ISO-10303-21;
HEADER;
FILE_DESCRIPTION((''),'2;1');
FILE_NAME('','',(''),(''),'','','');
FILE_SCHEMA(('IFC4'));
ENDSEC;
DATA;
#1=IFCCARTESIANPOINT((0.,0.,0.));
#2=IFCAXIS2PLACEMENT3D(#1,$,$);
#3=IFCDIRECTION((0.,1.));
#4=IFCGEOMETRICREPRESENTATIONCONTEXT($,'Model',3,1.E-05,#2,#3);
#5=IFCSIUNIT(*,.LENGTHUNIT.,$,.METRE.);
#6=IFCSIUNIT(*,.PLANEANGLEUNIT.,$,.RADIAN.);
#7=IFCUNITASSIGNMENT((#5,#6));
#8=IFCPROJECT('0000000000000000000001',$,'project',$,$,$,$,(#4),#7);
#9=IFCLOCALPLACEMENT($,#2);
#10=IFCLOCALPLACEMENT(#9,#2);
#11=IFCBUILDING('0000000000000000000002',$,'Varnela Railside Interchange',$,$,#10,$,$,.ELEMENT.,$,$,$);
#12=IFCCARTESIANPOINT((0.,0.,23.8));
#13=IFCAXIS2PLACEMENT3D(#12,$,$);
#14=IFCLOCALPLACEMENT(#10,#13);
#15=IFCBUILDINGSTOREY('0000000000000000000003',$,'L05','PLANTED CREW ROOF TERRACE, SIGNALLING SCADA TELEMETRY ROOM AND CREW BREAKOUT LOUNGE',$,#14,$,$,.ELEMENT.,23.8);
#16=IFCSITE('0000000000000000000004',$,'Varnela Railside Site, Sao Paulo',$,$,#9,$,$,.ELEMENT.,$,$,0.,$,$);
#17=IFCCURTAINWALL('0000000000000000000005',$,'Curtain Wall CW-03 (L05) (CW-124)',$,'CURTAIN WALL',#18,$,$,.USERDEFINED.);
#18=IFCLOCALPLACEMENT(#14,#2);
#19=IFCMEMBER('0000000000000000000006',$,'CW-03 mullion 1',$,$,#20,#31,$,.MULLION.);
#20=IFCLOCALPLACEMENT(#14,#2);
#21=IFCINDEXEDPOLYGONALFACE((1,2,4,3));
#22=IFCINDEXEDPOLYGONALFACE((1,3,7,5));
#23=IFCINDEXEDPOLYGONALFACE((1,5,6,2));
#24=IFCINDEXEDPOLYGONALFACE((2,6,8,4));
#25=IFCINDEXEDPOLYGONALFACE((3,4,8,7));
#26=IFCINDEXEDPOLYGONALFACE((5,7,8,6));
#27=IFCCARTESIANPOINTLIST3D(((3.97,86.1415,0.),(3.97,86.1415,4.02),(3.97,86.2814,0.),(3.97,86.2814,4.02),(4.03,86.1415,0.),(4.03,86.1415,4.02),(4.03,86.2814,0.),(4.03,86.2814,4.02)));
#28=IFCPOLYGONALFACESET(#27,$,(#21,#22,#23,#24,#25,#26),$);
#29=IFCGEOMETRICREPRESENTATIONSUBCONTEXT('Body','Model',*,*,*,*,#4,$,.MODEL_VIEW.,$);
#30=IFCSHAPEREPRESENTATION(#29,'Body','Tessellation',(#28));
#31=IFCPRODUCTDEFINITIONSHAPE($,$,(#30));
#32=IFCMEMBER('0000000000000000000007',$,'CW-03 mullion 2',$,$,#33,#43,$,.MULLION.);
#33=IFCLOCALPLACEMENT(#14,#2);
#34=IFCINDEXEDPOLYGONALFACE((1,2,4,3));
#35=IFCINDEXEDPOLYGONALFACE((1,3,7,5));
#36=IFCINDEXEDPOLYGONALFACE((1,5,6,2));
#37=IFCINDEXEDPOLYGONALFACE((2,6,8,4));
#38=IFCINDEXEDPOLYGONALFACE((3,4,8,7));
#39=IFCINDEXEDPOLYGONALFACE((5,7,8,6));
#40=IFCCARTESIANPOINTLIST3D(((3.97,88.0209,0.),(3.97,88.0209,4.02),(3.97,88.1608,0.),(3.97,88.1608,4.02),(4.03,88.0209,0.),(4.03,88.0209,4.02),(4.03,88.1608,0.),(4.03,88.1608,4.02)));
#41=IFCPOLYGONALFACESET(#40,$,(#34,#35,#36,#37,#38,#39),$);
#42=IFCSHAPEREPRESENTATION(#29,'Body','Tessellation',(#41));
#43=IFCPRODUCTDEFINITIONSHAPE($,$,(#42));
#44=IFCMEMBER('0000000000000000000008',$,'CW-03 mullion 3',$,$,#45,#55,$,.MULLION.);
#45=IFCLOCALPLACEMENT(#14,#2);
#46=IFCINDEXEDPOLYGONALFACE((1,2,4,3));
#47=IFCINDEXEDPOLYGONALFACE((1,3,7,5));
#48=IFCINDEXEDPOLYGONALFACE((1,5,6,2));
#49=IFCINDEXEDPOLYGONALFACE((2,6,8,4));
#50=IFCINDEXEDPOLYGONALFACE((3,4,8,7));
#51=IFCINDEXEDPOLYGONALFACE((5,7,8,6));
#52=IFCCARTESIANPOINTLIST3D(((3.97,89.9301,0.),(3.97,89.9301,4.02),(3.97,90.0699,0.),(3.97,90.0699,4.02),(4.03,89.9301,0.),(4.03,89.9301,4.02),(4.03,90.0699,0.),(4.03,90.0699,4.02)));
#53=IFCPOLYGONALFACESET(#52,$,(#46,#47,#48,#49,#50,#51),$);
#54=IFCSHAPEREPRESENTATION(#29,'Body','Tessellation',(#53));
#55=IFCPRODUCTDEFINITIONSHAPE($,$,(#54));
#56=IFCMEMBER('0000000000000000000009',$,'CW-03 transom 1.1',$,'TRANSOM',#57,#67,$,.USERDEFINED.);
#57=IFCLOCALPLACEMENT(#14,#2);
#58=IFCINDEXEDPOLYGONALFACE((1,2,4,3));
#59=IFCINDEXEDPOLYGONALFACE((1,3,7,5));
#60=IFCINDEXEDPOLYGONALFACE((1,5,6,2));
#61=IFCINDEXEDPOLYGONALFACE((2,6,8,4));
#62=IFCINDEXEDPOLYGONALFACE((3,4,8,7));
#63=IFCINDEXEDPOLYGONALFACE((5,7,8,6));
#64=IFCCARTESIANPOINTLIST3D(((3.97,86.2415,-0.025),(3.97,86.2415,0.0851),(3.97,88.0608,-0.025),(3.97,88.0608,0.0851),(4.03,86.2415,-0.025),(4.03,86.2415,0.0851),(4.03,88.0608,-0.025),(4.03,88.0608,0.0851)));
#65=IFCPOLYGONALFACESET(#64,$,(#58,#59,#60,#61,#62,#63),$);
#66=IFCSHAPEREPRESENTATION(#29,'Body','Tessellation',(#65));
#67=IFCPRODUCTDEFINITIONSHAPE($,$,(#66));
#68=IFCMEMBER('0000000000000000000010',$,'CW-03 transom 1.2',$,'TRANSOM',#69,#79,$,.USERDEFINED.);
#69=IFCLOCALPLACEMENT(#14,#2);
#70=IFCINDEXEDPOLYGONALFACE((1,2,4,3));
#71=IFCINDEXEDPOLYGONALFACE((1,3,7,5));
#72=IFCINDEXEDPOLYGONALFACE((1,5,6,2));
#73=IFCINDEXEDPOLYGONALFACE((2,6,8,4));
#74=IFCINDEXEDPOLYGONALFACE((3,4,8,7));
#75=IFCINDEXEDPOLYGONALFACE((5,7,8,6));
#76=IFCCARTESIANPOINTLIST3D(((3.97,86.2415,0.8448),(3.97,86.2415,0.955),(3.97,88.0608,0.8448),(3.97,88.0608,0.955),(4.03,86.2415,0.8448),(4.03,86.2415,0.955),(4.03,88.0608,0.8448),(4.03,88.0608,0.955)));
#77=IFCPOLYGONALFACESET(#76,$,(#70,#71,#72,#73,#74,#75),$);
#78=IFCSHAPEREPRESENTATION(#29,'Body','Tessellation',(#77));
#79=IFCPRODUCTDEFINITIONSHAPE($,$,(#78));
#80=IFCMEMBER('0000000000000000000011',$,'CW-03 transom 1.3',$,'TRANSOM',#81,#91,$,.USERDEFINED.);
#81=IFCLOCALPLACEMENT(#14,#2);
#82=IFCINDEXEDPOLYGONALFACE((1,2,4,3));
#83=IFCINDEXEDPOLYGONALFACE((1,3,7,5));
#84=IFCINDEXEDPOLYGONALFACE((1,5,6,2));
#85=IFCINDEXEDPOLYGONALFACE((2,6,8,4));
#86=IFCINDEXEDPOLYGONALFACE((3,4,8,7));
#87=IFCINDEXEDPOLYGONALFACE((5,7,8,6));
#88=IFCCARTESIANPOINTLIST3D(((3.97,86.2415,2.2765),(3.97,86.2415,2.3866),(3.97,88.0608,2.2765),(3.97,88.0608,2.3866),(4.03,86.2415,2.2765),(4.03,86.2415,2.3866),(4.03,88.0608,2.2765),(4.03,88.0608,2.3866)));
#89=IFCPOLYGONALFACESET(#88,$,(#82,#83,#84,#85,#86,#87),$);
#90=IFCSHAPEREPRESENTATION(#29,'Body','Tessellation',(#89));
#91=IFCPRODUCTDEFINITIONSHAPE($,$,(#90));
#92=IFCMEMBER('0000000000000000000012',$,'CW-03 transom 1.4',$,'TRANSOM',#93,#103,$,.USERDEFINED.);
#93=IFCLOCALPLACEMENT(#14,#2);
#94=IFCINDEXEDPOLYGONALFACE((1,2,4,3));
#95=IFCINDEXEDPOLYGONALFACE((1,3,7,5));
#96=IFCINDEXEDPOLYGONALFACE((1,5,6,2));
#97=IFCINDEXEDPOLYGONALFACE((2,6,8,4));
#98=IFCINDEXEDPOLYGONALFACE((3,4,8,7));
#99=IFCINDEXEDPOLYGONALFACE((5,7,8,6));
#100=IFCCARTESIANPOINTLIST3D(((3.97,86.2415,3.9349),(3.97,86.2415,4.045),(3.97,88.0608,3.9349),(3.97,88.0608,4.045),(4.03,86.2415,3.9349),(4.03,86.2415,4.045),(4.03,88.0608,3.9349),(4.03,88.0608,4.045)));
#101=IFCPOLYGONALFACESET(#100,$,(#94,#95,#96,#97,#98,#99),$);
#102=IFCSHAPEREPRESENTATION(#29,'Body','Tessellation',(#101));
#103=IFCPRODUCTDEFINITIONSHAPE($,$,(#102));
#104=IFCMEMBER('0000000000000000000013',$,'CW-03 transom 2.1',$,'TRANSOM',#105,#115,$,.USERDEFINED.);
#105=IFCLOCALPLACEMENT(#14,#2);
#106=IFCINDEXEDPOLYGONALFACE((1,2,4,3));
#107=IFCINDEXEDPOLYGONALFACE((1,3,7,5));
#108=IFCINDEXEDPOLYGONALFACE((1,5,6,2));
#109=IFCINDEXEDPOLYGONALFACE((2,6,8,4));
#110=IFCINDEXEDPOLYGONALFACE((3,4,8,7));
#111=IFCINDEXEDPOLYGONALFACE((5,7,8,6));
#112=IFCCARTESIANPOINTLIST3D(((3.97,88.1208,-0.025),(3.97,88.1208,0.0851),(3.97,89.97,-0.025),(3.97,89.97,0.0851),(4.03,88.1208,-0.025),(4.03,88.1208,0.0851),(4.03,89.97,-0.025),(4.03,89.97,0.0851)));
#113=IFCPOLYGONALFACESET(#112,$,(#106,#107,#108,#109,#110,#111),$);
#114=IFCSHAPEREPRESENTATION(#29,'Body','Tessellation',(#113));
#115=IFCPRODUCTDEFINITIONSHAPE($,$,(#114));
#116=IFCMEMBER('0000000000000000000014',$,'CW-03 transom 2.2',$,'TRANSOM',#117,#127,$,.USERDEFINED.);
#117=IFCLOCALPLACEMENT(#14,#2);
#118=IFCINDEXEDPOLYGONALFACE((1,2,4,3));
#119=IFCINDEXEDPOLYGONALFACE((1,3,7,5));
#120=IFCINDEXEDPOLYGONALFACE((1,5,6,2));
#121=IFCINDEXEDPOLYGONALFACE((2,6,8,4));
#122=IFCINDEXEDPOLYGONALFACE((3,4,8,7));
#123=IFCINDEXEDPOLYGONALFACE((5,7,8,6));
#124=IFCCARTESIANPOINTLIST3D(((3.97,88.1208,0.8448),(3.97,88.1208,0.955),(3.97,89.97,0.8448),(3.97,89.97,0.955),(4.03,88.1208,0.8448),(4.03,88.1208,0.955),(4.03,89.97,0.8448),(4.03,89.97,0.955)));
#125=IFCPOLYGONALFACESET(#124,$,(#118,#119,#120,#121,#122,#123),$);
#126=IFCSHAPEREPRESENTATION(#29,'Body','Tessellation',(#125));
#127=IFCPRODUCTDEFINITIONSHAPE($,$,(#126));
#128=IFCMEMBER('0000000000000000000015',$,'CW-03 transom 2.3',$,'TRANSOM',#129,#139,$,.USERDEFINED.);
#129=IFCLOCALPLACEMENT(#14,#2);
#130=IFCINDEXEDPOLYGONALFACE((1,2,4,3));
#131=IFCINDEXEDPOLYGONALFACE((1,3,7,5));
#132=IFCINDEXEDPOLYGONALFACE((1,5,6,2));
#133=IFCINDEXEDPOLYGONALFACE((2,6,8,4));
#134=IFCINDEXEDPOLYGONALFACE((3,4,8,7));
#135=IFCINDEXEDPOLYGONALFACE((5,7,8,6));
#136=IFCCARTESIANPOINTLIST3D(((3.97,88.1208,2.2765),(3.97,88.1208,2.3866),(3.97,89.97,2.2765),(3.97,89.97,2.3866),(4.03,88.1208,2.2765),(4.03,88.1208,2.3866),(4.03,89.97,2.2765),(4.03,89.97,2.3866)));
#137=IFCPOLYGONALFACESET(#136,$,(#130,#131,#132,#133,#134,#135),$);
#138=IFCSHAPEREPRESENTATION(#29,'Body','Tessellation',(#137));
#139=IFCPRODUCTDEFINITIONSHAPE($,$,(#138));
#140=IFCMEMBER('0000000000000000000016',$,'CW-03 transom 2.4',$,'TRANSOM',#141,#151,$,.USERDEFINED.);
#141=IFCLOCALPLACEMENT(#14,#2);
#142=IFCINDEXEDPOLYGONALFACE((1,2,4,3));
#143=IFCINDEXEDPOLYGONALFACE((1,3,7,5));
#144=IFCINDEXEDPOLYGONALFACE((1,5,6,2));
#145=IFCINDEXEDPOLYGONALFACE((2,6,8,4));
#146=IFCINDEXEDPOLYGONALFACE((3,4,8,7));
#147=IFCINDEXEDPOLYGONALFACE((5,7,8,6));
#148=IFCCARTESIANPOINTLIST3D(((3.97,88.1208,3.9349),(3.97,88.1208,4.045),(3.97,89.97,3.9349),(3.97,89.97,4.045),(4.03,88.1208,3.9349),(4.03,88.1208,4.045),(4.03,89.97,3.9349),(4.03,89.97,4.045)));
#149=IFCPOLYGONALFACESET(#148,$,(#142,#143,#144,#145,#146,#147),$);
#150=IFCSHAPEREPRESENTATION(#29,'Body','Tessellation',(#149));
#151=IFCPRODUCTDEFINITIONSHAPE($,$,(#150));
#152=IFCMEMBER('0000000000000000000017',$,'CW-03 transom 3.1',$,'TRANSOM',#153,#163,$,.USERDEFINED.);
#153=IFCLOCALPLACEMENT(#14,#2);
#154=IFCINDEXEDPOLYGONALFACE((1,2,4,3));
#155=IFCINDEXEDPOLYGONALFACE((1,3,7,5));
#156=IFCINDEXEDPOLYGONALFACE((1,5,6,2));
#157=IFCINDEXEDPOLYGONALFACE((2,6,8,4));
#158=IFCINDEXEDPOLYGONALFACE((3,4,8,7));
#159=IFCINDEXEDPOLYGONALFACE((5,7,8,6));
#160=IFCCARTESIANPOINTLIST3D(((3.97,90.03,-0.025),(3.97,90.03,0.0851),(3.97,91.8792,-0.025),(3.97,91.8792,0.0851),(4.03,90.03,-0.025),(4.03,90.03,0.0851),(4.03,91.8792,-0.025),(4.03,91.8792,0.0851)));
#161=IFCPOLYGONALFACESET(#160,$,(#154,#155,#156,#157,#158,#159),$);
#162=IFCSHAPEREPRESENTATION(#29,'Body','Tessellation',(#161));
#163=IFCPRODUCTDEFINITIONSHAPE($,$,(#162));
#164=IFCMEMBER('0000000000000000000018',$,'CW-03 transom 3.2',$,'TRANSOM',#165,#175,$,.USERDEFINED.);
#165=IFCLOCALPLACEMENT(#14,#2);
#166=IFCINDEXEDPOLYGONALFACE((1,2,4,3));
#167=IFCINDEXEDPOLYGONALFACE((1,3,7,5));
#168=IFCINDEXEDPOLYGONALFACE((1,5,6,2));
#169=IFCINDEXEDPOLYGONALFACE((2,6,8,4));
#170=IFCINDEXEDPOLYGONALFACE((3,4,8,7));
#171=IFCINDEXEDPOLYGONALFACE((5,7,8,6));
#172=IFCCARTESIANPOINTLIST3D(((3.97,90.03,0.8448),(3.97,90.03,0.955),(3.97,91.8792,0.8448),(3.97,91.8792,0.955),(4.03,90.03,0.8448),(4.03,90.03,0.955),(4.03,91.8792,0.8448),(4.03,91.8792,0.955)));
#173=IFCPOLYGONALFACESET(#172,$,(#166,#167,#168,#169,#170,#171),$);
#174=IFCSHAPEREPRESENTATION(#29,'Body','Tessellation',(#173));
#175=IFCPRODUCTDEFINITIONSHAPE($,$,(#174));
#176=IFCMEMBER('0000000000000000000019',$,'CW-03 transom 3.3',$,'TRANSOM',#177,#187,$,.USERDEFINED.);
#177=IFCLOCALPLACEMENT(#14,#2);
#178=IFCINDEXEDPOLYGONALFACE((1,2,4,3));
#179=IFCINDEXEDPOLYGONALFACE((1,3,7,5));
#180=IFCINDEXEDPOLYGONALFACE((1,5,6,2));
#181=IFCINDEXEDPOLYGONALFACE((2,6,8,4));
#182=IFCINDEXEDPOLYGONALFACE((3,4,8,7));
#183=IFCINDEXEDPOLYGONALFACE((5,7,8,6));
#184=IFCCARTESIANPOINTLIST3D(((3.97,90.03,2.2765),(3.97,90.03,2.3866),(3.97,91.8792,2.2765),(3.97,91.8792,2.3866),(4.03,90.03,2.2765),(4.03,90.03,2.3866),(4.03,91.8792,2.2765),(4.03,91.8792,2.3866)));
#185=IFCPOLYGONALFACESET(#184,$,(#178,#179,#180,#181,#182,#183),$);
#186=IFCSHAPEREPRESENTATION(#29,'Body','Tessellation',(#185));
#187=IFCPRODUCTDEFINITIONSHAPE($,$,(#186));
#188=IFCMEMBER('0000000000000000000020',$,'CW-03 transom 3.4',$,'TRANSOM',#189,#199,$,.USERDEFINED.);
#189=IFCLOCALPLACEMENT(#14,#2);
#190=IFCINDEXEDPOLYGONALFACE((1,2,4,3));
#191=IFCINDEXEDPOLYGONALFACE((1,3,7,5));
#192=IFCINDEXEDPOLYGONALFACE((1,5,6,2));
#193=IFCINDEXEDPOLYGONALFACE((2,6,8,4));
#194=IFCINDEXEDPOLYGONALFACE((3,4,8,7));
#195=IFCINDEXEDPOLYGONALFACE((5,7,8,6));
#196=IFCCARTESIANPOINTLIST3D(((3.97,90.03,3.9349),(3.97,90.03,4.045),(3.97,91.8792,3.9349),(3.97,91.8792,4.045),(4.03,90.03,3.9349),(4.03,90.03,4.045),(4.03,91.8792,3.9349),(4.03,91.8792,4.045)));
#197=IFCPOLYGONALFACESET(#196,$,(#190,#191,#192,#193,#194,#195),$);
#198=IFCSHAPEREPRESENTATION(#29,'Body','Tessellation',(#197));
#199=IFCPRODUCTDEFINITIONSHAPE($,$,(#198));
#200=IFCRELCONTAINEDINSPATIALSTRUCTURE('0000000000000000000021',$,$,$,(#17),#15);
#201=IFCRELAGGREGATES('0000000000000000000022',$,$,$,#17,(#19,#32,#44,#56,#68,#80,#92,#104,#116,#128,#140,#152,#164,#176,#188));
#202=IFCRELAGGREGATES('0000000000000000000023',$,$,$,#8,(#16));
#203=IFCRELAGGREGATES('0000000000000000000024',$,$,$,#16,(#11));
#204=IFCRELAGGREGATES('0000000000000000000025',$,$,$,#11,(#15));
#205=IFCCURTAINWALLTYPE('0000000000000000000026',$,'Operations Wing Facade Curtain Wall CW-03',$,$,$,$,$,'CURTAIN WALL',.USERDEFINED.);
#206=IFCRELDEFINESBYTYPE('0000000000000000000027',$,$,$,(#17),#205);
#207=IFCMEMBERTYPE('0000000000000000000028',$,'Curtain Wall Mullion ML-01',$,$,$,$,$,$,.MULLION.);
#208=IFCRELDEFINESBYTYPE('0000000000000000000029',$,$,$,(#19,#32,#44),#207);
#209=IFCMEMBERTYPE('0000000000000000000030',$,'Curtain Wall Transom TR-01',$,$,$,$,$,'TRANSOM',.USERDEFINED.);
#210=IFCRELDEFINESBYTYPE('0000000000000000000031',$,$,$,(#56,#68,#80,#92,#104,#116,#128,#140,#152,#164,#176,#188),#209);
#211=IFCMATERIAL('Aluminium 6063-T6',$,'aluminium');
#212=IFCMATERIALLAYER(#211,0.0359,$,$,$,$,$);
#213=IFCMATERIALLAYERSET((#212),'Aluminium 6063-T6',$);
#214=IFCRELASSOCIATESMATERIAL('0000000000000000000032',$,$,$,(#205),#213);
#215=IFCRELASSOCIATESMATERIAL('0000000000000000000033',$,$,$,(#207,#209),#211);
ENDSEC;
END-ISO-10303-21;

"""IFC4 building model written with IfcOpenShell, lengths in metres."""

from ifc_helpers import new_model, si_unit, direction, frame, origin, origin_2d, place, context, subcontext, project, spatial, rectangle, extrude, material, layer, layer_set, material_profile, profile_set, type_object, element, aggregate, save


model = new_model("IFC4")

# Units and contexts
model_context = context("Model", 3, precision=1e-05, world=origin(), true_north=direction((0.0, 1.0)))
body_context = subcontext(model_context, "Body", "Model", "MODEL_VIEW")
ifc_project = project(units=[si_unit("LENGTHUNIT", "METRE"), si_unit("PLANEANGLEUNIT", "RADIAN")], contexts=[model_context])

# Site, building, storey
site_placement = place(None, origin())
site = spatial("IfcSite", under=ifc_project, at=site_placement, Name="Varnela Railside Site, Sao Paulo", CompositionType="ELEMENT", RefElevation=0.0)
building_placement = place(site_placement, origin())
building = spatial("IfcBuilding", under=site, at=building_placement, Name="Varnela Railside Interchange", CompositionType="ELEMENT")
storey_placement = place(building_placement, frame((0.0, 0.0, 23.8)))
storey = spatial("IfcBuildingStorey", under=building, at=storey_placement, Name="L05", Description="PLANTED CREW ROOF TERRACE, SIGNALLING SCADA TELEMETRY ROOM AND CREW BREAKOUT LOUNGE", CompositionType="ELEMENT", Elevation=23.8)

# Curtain wall, members
ifc_material_1 = material(Name="Aluminium 6063-T6", Category="aluminium")
ifc_layer_1 = layer(ifc_material_1, 0.0359)
ifc_layer_set_1 = layer_set([ifc_layer_1], Name="Aluminium 6063-T6")
curtain_wall_type = type_object("IfcCurtainWallType", Name="Operations Wing Facade Curtain Wall CW-03", ElementType="CURTAIN WALL", PredefinedType="USERDEFINED", material=ifc_layer_set_1)
curtain_wall_placement = place(storey_placement, origin())
curtain_wall = element("IfcCurtainWall", 1, at=curtain_wall_placement, inside=storey, type_object=curtain_wall_type, Name="Curtain Wall CW-03 (L05) (CW-124)", ObjectType="CURTAIN WALL", PredefinedType="USERDEFINED")
ifc_material_profile_1 = material_profile(ifc_material_1, rectangle(XDim=0.0601, YDim=0.1399, at=origin_2d()), Name="ALU 60x140")
ifc_profile_set_1 = profile_set([ifc_material_profile_1], Name="Aluminium 6063-T6")
member_type_1 = type_object("IfcMemberType", Name="Curtain Wall Mullion ML-01", PredefinedType="MULLION", material=ifc_profile_set_1)
member_1_placement = place(storey_placement, frame((4.0, 86.2114, 0.0), z_axis=(0.0, 0.0, 1.0), x_axis=(-1.0, 0.0, 0.0)))
member_1 = element("IfcMember", 2, at=member_1_placement, type_object=member_type_1, Name="CW-03 mullion 1", PredefinedType="MULLION", context=body_context, shape_type="SweptSolid", body=[
    extrude(rectangle(XDim=0.0601, YDim=0.1399, at=origin_2d()), origin(), (0.0, 0.0, 1.0), 4.02),
])
member_2_placement = place(storey_placement, frame((4.0, 88.0908, 0.0), z_axis=(0.0, 0.0, 1.0), x_axis=(-1.0, 0.0, 0.0)))
member_2 = element("IfcMember", 3, at=member_2_placement, type_object=member_type_1, Name="CW-03 mullion 2", PredefinedType="MULLION", context=body_context, shape_type="SweptSolid", body=[
    extrude(rectangle(XDim=0.0601, YDim=0.1399, at=origin_2d()), origin(), (0.0, 0.0, 1.0), 4.02),
])
member_3_placement = place(storey_placement, frame((4.0, 90.0, 0.0), z_axis=(0.0, 0.0, 1.0), x_axis=(-1.0, 0.0, 0.0)))
member_3 = element("IfcMember", 4, at=member_3_placement, type_object=member_type_1, Name="CW-03 mullion 3", PredefinedType="MULLION", context=body_context, shape_type="SweptSolid", body=[
    extrude(rectangle(XDim=0.0601, YDim=0.1399, at=origin_2d()), origin(), (0.0, 0.0, 1.0), 4.02),
])
ifc_material_profile_2 = material_profile(ifc_material_1, rectangle(XDim=0.0601, YDim=0.1101, at=origin_2d()), Name="ALU 60x110")
ifc_profile_set_2 = profile_set([ifc_material_profile_2], Name="Aluminium 6063-T6")
member_type_2 = type_object("IfcMemberType", Name="Curtain Wall Transom TR-01", ElementType="TRANSOM", PredefinedType="USERDEFINED", material=ifc_profile_set_2)
member_4_placement = place(storey_placement, frame((4.0, 86.2415, 0.03), z_axis=(0.0, 1.0, 0.0), x_axis=(-1.0, 0.0, 0.0)))
member_4 = element("IfcMember", 5, at=member_4_placement, type_object=member_type_2, Name="CW-03 transom 1.1", ObjectType="TRANSOM", PredefinedType="USERDEFINED", context=body_context, shape_type="SweptSolid", body=[
    extrude(rectangle(XDim=0.0601, YDim=0.1101, at=origin_2d()), origin(), (0.0, 0.0, 1.0), 1.8193),
])
member_5_placement = place(storey_placement, frame((4.0, 86.2415, 0.8999), z_axis=(0.0, 1.0, 0.0), x_axis=(-1.0, 0.0, 0.0)))
member_5 = element("IfcMember", 6, at=member_5_placement, type_object=member_type_2, Name="CW-03 transom 1.2", ObjectType="TRANSOM", PredefinedType="USERDEFINED", context=body_context, shape_type="SweptSolid", body=[
    extrude(rectangle(XDim=0.0601, YDim=0.1101, at=origin_2d()), origin(), (0.0, 0.0, 1.0), 1.8193),
])
member_6_placement = place(storey_placement, frame((4.0, 86.2415, 2.3315), z_axis=(0.0, 1.0, 0.0), x_axis=(-1.0, 0.0, 0.0)))
member_6 = element("IfcMember", 7, at=member_6_placement, type_object=member_type_2, Name="CW-03 transom 1.3", ObjectType="TRANSOM", PredefinedType="USERDEFINED", context=body_context, shape_type="SweptSolid", body=[
    extrude(rectangle(XDim=0.0601, YDim=0.1101, at=origin_2d()), origin(), (0.0, 0.0, 1.0), 1.8193),
])
member_7_placement = place(storey_placement, frame((4.0, 86.2415, 3.99), z_axis=(0.0, 1.0, 0.0), x_axis=(-1.0, 0.0, 0.0)))
member_7 = element("IfcMember", 8, at=member_7_placement, type_object=member_type_2, Name="CW-03 transom 1.4", ObjectType="TRANSOM", PredefinedType="USERDEFINED", context=body_context, shape_type="SweptSolid", body=[
    extrude(rectangle(XDim=0.0601, YDim=0.1101, at=origin_2d()), origin(), (0.0, 0.0, 1.0), 1.8193),
])
member_8_placement = place(storey_placement, frame((4.0, 88.1208, 0.03), z_axis=(0.0, 1.0, 0.0), x_axis=(-1.0, 0.0, 0.0)))
member_8 = element("IfcMember", 9, at=member_8_placement, type_object=member_type_2, Name="CW-03 transom 2.1", ObjectType="TRANSOM", PredefinedType="USERDEFINED", context=body_context, shape_type="SweptSolid", body=[
    extrude(rectangle(XDim=0.0601, YDim=0.1101, at=origin_2d()), origin(), (0.0, 0.0, 1.0), 1.8491),
])
member_9_placement = place(storey_placement, frame((4.0, 88.1208, 0.8999), z_axis=(0.0, 1.0, 0.0), x_axis=(-1.0, 0.0, 0.0)))
member_9 = element("IfcMember", 10, at=member_9_placement, type_object=member_type_2, Name="CW-03 transom 2.2", ObjectType="TRANSOM", PredefinedType="USERDEFINED", context=body_context, shape_type="SweptSolid", body=[
    extrude(rectangle(XDim=0.0601, YDim=0.1101, at=origin_2d()), origin(), (0.0, 0.0, 1.0), 1.8491),
])
member_10_placement = place(storey_placement, frame((4.0, 88.1208, 2.3315), z_axis=(0.0, 1.0, 0.0), x_axis=(-1.0, 0.0, 0.0)))
member_10 = element("IfcMember", 11, at=member_10_placement, type_object=member_type_2, Name="CW-03 transom 2.3", ObjectType="TRANSOM", PredefinedType="USERDEFINED", context=body_context, shape_type="SweptSolid", body=[
    extrude(rectangle(XDim=0.0601, YDim=0.1101, at=origin_2d()), origin(), (0.0, 0.0, 1.0), 1.8491),
])
member_11_placement = place(storey_placement, frame((4.0, 88.1208, 3.99), z_axis=(0.0, 1.0, 0.0), x_axis=(-1.0, 0.0, 0.0)))
member_11 = element("IfcMember", 12, at=member_11_placement, type_object=member_type_2, Name="CW-03 transom 2.4", ObjectType="TRANSOM", PredefinedType="USERDEFINED", context=body_context, shape_type="SweptSolid", body=[
    extrude(rectangle(XDim=0.0601, YDim=0.1101, at=origin_2d()), origin(), (0.0, 0.0, 1.0), 1.8491),
])
member_12_placement = place(storey_placement, frame((4.0, 90.03, 0.03), z_axis=(0.0, 1.0, 0.0), x_axis=(-1.0, 0.0, 0.0)))
member_12 = element("IfcMember", 13, at=member_12_placement, type_object=member_type_2, Name="CW-03 transom 3.1", ObjectType="TRANSOM", PredefinedType="USERDEFINED", context=body_context, shape_type="SweptSolid", body=[
    extrude(rectangle(XDim=0.0601, YDim=0.1101, at=origin_2d()), origin(), (0.0, 0.0, 1.0), 1.8491),
])
member_13_placement = place(storey_placement, frame((4.0, 90.03, 0.8999), z_axis=(0.0, 1.0, 0.0), x_axis=(-1.0, 0.0, 0.0)))
member_13 = element("IfcMember", 14, at=member_13_placement, type_object=member_type_2, Name="CW-03 transom 3.2", ObjectType="TRANSOM", PredefinedType="USERDEFINED", context=body_context, shape_type="SweptSolid", body=[
    extrude(rectangle(XDim=0.0601, YDim=0.1101, at=origin_2d()), origin(), (0.0, 0.0, 1.0), 1.8491),
])
member_14_placement = place(storey_placement, frame((4.0, 90.03, 2.3315), z_axis=(0.0, 1.0, 0.0), x_axis=(-1.0, 0.0, 0.0)))
member_14 = element("IfcMember", 15, at=member_14_placement, type_object=member_type_2, Name="CW-03 transom 3.3", ObjectType="TRANSOM", PredefinedType="USERDEFINED", context=body_context, shape_type="SweptSolid", body=[
    extrude(rectangle(XDim=0.0601, YDim=0.1101, at=origin_2d()), origin(), (0.0, 0.0, 1.0), 1.8491),
])
member_15_placement = place(storey_placement, frame((4.0, 90.03, 3.99), z_axis=(0.0, 1.0, 0.0), x_axis=(-1.0, 0.0, 0.0)))
member_15 = element("IfcMember", 16, at=member_15_placement, type_object=member_type_2, Name="CW-03 transom 3.4", ObjectType="TRANSOM", PredefinedType="USERDEFINED", context=body_context, shape_type="SweptSolid", body=[
    extrude(rectangle(XDim=0.0601, YDim=0.1101, at=origin_2d()), origin(), (0.0, 0.0, 1.0), 1.8491),
])
aggregate(curtain_wall, [member_1, member_2, member_3, member_4, member_5, member_6, member_7, member_8, member_9, member_10, member_11, member_12, member_13, member_14, member_15])

save(model, "model.ifc")
